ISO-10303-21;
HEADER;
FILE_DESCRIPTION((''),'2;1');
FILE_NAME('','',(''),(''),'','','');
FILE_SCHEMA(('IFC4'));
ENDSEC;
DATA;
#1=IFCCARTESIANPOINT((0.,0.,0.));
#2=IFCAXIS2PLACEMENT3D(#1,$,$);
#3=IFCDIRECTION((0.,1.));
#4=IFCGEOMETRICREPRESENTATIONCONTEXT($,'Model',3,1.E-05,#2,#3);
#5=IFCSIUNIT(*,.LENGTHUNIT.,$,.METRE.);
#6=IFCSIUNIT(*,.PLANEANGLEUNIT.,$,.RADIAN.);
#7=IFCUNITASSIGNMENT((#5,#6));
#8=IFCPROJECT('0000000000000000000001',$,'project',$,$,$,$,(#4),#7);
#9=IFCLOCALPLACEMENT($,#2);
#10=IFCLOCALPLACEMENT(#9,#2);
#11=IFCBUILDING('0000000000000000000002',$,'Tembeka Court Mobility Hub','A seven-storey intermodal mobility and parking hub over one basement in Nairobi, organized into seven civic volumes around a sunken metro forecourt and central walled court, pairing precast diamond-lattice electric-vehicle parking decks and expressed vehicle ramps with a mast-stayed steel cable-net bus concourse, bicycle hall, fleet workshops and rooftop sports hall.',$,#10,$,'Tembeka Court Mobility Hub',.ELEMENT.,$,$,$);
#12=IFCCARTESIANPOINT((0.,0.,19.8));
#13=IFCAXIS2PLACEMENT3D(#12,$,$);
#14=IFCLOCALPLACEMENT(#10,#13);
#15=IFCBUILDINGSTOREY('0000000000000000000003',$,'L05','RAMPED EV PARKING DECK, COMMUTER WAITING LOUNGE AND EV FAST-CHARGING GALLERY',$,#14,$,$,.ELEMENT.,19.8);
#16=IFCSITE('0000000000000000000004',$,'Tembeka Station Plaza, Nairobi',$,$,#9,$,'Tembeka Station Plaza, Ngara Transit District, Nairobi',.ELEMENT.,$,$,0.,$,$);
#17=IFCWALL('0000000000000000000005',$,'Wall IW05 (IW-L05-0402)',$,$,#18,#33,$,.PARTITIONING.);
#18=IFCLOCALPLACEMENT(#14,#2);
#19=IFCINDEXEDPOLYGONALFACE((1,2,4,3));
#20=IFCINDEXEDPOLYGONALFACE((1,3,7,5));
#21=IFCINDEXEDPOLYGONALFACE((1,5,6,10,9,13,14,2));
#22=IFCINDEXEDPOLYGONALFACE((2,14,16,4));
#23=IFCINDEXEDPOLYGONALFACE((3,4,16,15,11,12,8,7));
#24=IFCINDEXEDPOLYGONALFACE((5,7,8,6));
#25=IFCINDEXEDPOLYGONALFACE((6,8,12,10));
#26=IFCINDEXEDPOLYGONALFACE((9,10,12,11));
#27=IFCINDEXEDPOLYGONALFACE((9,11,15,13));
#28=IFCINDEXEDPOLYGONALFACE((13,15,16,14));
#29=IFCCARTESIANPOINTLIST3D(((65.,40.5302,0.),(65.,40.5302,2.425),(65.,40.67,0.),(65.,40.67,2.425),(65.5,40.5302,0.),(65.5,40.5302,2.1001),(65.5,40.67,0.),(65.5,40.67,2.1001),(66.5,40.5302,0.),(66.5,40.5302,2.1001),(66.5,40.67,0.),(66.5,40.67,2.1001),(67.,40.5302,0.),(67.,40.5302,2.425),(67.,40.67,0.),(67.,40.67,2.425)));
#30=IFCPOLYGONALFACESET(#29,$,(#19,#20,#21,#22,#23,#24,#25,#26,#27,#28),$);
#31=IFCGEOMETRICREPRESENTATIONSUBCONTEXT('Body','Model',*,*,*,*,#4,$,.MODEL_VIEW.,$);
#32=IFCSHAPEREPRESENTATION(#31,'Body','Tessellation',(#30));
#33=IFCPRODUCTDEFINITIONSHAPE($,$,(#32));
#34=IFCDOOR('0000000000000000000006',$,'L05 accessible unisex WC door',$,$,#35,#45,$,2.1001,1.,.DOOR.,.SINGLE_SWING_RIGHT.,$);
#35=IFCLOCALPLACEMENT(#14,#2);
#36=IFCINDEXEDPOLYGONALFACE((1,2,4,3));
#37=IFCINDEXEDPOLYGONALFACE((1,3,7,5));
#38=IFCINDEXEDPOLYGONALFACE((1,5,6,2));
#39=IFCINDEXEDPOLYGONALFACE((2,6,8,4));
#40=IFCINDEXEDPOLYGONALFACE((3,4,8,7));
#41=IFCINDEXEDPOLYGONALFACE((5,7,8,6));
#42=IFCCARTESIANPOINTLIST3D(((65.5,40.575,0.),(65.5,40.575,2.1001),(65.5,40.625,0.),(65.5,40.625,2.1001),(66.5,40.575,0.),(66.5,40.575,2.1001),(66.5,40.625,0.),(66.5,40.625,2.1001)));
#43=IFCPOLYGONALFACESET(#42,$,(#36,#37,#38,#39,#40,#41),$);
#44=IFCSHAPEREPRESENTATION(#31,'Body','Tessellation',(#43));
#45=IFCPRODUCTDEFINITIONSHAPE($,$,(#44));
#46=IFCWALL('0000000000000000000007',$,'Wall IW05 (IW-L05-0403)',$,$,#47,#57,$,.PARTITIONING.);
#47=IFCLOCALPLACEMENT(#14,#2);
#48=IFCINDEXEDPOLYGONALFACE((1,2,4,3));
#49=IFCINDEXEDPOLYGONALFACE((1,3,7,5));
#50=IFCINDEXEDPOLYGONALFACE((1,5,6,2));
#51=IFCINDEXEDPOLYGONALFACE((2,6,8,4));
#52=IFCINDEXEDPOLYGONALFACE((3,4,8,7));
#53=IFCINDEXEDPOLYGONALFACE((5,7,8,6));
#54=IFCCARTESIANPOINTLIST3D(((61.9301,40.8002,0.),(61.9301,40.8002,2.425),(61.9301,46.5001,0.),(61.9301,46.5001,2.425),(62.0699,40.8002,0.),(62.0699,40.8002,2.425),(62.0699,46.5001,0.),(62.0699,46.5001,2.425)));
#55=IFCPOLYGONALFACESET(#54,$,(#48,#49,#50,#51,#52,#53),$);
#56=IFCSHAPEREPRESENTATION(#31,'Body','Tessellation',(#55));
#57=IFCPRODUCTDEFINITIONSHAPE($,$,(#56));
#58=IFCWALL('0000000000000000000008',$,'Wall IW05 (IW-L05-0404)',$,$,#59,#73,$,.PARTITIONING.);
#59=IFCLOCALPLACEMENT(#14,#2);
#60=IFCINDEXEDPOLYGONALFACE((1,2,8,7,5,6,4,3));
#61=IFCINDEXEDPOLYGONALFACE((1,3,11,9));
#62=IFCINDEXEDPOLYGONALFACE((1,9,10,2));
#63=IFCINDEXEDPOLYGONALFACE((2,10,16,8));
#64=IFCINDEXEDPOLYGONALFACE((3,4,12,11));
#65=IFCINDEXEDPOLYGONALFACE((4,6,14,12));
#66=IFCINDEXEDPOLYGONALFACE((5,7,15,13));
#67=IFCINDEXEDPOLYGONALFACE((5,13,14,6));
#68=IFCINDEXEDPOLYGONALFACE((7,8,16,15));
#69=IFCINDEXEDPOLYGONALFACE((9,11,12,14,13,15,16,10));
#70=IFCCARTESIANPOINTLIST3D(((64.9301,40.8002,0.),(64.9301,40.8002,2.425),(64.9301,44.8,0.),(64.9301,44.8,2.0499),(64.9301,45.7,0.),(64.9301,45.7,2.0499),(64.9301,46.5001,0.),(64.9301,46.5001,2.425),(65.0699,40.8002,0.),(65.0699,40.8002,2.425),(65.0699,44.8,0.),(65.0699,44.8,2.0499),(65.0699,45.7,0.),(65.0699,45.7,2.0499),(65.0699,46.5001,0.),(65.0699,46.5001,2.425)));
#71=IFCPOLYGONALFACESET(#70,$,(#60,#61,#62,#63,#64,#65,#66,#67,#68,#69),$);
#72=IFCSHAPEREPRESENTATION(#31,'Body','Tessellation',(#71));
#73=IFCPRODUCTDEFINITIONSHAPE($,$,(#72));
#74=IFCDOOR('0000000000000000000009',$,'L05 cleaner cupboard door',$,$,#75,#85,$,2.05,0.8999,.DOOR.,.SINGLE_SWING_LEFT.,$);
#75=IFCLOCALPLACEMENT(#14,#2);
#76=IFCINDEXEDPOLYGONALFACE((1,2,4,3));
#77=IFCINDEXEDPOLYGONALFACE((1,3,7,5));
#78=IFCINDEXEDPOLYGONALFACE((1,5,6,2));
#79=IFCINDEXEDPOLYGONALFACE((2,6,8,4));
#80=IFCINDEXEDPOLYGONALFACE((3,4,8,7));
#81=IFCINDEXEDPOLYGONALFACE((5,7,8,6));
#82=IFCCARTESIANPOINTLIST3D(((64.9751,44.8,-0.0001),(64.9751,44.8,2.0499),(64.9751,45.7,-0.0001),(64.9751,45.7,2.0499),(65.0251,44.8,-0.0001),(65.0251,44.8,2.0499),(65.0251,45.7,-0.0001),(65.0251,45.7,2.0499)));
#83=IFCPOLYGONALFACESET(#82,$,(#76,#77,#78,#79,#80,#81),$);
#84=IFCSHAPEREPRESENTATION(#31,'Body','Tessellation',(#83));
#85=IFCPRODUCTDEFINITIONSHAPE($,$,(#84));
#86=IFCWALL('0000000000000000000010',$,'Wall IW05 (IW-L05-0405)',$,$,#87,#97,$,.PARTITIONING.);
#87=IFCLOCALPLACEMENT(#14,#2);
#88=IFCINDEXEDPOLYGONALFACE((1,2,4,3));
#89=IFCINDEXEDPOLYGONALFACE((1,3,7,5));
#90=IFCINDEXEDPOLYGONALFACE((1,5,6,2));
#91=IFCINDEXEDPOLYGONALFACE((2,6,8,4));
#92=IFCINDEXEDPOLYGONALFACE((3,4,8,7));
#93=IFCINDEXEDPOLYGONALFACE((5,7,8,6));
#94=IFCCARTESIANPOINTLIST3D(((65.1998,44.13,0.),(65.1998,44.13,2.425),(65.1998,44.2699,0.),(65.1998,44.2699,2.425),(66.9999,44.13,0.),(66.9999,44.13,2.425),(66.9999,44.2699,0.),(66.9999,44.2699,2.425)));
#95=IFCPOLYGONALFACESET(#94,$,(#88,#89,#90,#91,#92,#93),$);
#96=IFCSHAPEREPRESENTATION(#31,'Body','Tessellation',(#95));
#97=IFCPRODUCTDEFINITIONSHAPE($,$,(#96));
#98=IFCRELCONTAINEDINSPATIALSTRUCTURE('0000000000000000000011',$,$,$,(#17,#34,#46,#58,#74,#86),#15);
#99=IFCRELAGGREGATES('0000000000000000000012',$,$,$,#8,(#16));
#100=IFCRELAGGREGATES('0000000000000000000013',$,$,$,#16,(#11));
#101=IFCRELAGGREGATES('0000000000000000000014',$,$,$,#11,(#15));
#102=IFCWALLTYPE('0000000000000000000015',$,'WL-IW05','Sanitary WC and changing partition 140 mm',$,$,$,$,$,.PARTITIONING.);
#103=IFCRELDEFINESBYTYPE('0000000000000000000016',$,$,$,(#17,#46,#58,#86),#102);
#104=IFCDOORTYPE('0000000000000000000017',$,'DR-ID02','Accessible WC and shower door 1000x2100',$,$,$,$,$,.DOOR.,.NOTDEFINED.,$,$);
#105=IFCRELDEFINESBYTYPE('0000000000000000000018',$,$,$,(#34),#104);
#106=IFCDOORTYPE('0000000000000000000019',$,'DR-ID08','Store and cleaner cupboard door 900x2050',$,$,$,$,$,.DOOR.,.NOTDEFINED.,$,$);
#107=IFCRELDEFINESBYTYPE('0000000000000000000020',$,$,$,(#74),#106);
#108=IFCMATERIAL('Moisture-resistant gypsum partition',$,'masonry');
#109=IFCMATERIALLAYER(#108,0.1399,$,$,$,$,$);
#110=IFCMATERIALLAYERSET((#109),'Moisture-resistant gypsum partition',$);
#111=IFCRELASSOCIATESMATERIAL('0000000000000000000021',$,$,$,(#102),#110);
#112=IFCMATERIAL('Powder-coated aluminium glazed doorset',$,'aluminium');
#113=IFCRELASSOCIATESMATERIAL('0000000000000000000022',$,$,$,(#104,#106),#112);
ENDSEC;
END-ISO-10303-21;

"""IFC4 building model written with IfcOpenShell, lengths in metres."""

from ifc_helpers import new_model, si_unit, direction, frame, frame_2d, origin, place, context, subcontext, project, spatial, rectangle, extrude, material, layer, layer_set, type_object, element, fill, save


model = new_model("IFC4")

# Units and contexts
model_context = context("Model", 3, precision=1e-05, world=origin(), true_north=direction((0.0, 1.0)))
body_context = subcontext(model_context, "Body", "Model", "MODEL_VIEW")
ifc_project = project(units=[si_unit("LENGTHUNIT", "METRE"), si_unit("PLANEANGLEUNIT", "RADIAN")], contexts=[model_context])

# Site, building, storey
site_placement = place(None, origin())
site = spatial("IfcSite", under=ifc_project, at=site_placement, Name="Tembeka Station Plaza, Nairobi", LongName="Tembeka Station Plaza, Ngara Transit District, Nairobi", CompositionType="ELEMENT", RefElevation=0.0)
building_placement = place(site_placement, origin())
building = spatial("IfcBuilding", under=site, at=building_placement, Name="Tembeka Court Mobility Hub", Description="A seven-storey intermodal mobility and parking hub over one basement in Nairobi, organized into seven civic volumes around a sunken metro forecourt and central walled court, pairing precast diamond-lattice electric-vehicle parking decks and expressed vehicle ramps with a mast-stayed steel cable-net bus concourse, bicycle hall, fleet workshops and rooftop sports hall.", LongName="Tembeka Court Mobility Hub", CompositionType="ELEMENT")
storey_placement = place(building_placement, frame((0.0, 0.0, 19.8)))
storey = spatial("IfcBuildingStorey", under=building, at=storey_placement, Name="L05", Description="RAMPED EV PARKING DECK, COMMUTER WAITING LOUNGE AND EV FAST-CHARGING GALLERY", CompositionType="ELEMENT", Elevation=19.8)

# Wall, opening, door
ifc_material_1 = material(Name="Moisture-resistant gypsum partition", Category="masonry")
ifc_layer_1 = layer(ifc_material_1, 0.1399)
ifc_layer_set_1 = layer_set([ifc_layer_1], Name="Moisture-resistant gypsum partition")
wall_type_1 = type_object("IfcWallType", Name="WL-IW05", Description="Sanitary WC and changing partition 140 mm", PredefinedType="PARTITIONING", material=ifc_layer_set_1)
ifc_material_2 = material(Name="Powder-coated aluminium glazed doorset", Category="aluminium")
door_type_1 = type_object("IfcDoorType", Name="DR-ID02", Description="Accessible WC and shower door 1000x2100", OperationType="NOTDEFINED", PredefinedType="DOOR", material=ifc_material_2)
wall_1_placement = place(storey_placement, frame((65.0, 40.6001, 0.0), z_axis=(0.0, 0.0, 1.0), x_axis=(1.0, 0.0, 0.0)))
wall_1 = element("IfcWall", 1, at=wall_1_placement, inside=storey, type_object=wall_type_1, Name="Wall IW05 (IW-L05-0402)", PredefinedType="PARTITIONING", context=body_context, shape_type="SweptSolid", body=[
    extrude(rectangle(XDim=2.0, YDim=0.1399, at=frame_2d((1.0, 0.0))), origin(), (0.0, 0.0, 1.0), 2.425),
])
opening_1_placement = place(wall_1_placement, frame((0.5, 0.0, 0.0)))
opening_1 = element("IfcOpeningElement", 2, at=opening_1_placement, cuts=wall_1, PredefinedType="OPENING", context=body_context, shape_type="SweptSolid", body=[
    extrude(rectangle(XDim=1.0, YDim=2.1001, at=frame_2d((0.5, 1.05))), frame((0.0, 0.0801, 0.0), z_axis=(0.0, -1.0, 0.0), x_axis=(1.0, 0.0, 0.0)), (0.0, 0.0, 1.0), 0.1599),
])
door_1_placement = place(opening_1_placement, origin())
door_1 = element("IfcDoor", 3, at=door_1_placement, inside=storey, type_object=door_type_1, Name="L05 accessible unisex WC door", OperationType="SINGLE_SWING_RIGHT", OverallHeight=2.1001, OverallWidth=1.0, PredefinedType="DOOR", context=body_context, shape_type="SweptSolid", body=[
    extrude(rectangle(XDim=1.0, YDim=2.1001, at=frame_2d((0.5, 1.05))), frame((0.0, 0.0249, 0.0), z_axis=(0.0, -1.0, 0.0), x_axis=(1.0, 0.0, 0.0)), (0.0, 0.0, 1.0), 0.05),
])
fill(opening_1, door_1)

# Wall
wall_2_placement = place(storey_placement, frame((62.0, 40.8, 0.0), z_axis=(0.0, 0.0, 1.0), x_axis=(0.0, 1.0, 0.0)))
element("IfcWall", 4, at=wall_2_placement, inside=storey, type_object=wall_type_1, Name="Wall IW05 (IW-L05-0403)", PredefinedType="PARTITIONING", context=body_context, shape_type="SweptSolid", body=[
    extrude(rectangle(XDim=5.7, YDim=0.1399, at=frame_2d((2.8501, 0.0))), origin(), (0.0, 0.0, 1.0), 2.425),
])

# Wall, opening, door
wall_3_placement = place(storey_placement, frame((65.0, 40.8, 0.0), z_axis=(0.0, 0.0, 1.0), x_axis=(0.0, 1.0, 0.0)))
wall_3 = element("IfcWall", 5, at=wall_3_placement, inside=storey, type_object=wall_type_1, Name="Wall IW05 (IW-L05-0404)", PredefinedType="PARTITIONING", context=body_context, shape_type="SweptSolid", body=[
    extrude(rectangle(XDim=5.7, YDim=0.1399, at=frame_2d((2.8501, 0.0))), origin(), (0.0, 0.0, 1.0), 2.425),
])
opening_2_placement = place(wall_3_placement, frame((4.0, 0.0, 0.0)))
opening_2 = element("IfcOpeningElement", 6, at=opening_2_placement, cuts=wall_3, PredefinedType="OPENING", context=body_context, shape_type="SweptSolid", body=[
    extrude(rectangle(XDim=0.8999, YDim=2.05, at=frame_2d((0.45, 1.0249))), frame((0.0, 0.0801, 0.0), z_axis=(0.0, -1.0, 0.0), x_axis=(1.0, 0.0, 0.0)), (0.0, 0.0, 1.0), 0.1599),
])
door_type_2 = type_object("IfcDoorType", Name="DR-ID08", Description="Store and cleaner cupboard door 900x2050", OperationType="NOTDEFINED", PredefinedType="DOOR", material=ifc_material_2)
door_2_placement = place(opening_2_placement, origin())
door_2 = element("IfcDoor", 7, at=door_2_placement, inside=storey, type_object=door_type_2, Name="L05 cleaner cupboard door", OperationType="SINGLE_SWING_LEFT", OverallHeight=2.05, OverallWidth=0.8999, PredefinedType="DOOR", context=body_context, shape_type="SweptSolid", body=[
    extrude(rectangle(XDim=0.8999, YDim=2.05, at=frame_2d((0.45, 1.0249))), frame((0.0, 0.0249, 0.0), z_axis=(0.0, -1.0, 0.0), x_axis=(1.0, 0.0, 0.0)), (0.0, 0.0, 1.0), 0.05),
])
fill(opening_2, door_2)

# Wall
wall_4_placement = place(storey_placement, frame((65.2, 44.2, 0.0), z_axis=(0.0, 0.0, 1.0), x_axis=(1.0, 0.0, 0.0)))
element("IfcWall", 8, at=wall_4_placement, inside=storey, type_object=wall_type_1, Name="Wall IW05 (IW-L05-0405)", PredefinedType="PARTITIONING", context=body_context, shape_type="SweptSolid", body=[
    extrude(rectangle(XDim=1.8, YDim=0.1399, at=frame_2d((0.8999, 0.0))), origin(), (0.0, 0.0, 1.0), 2.425),
])

save(model, "model.ifc")
